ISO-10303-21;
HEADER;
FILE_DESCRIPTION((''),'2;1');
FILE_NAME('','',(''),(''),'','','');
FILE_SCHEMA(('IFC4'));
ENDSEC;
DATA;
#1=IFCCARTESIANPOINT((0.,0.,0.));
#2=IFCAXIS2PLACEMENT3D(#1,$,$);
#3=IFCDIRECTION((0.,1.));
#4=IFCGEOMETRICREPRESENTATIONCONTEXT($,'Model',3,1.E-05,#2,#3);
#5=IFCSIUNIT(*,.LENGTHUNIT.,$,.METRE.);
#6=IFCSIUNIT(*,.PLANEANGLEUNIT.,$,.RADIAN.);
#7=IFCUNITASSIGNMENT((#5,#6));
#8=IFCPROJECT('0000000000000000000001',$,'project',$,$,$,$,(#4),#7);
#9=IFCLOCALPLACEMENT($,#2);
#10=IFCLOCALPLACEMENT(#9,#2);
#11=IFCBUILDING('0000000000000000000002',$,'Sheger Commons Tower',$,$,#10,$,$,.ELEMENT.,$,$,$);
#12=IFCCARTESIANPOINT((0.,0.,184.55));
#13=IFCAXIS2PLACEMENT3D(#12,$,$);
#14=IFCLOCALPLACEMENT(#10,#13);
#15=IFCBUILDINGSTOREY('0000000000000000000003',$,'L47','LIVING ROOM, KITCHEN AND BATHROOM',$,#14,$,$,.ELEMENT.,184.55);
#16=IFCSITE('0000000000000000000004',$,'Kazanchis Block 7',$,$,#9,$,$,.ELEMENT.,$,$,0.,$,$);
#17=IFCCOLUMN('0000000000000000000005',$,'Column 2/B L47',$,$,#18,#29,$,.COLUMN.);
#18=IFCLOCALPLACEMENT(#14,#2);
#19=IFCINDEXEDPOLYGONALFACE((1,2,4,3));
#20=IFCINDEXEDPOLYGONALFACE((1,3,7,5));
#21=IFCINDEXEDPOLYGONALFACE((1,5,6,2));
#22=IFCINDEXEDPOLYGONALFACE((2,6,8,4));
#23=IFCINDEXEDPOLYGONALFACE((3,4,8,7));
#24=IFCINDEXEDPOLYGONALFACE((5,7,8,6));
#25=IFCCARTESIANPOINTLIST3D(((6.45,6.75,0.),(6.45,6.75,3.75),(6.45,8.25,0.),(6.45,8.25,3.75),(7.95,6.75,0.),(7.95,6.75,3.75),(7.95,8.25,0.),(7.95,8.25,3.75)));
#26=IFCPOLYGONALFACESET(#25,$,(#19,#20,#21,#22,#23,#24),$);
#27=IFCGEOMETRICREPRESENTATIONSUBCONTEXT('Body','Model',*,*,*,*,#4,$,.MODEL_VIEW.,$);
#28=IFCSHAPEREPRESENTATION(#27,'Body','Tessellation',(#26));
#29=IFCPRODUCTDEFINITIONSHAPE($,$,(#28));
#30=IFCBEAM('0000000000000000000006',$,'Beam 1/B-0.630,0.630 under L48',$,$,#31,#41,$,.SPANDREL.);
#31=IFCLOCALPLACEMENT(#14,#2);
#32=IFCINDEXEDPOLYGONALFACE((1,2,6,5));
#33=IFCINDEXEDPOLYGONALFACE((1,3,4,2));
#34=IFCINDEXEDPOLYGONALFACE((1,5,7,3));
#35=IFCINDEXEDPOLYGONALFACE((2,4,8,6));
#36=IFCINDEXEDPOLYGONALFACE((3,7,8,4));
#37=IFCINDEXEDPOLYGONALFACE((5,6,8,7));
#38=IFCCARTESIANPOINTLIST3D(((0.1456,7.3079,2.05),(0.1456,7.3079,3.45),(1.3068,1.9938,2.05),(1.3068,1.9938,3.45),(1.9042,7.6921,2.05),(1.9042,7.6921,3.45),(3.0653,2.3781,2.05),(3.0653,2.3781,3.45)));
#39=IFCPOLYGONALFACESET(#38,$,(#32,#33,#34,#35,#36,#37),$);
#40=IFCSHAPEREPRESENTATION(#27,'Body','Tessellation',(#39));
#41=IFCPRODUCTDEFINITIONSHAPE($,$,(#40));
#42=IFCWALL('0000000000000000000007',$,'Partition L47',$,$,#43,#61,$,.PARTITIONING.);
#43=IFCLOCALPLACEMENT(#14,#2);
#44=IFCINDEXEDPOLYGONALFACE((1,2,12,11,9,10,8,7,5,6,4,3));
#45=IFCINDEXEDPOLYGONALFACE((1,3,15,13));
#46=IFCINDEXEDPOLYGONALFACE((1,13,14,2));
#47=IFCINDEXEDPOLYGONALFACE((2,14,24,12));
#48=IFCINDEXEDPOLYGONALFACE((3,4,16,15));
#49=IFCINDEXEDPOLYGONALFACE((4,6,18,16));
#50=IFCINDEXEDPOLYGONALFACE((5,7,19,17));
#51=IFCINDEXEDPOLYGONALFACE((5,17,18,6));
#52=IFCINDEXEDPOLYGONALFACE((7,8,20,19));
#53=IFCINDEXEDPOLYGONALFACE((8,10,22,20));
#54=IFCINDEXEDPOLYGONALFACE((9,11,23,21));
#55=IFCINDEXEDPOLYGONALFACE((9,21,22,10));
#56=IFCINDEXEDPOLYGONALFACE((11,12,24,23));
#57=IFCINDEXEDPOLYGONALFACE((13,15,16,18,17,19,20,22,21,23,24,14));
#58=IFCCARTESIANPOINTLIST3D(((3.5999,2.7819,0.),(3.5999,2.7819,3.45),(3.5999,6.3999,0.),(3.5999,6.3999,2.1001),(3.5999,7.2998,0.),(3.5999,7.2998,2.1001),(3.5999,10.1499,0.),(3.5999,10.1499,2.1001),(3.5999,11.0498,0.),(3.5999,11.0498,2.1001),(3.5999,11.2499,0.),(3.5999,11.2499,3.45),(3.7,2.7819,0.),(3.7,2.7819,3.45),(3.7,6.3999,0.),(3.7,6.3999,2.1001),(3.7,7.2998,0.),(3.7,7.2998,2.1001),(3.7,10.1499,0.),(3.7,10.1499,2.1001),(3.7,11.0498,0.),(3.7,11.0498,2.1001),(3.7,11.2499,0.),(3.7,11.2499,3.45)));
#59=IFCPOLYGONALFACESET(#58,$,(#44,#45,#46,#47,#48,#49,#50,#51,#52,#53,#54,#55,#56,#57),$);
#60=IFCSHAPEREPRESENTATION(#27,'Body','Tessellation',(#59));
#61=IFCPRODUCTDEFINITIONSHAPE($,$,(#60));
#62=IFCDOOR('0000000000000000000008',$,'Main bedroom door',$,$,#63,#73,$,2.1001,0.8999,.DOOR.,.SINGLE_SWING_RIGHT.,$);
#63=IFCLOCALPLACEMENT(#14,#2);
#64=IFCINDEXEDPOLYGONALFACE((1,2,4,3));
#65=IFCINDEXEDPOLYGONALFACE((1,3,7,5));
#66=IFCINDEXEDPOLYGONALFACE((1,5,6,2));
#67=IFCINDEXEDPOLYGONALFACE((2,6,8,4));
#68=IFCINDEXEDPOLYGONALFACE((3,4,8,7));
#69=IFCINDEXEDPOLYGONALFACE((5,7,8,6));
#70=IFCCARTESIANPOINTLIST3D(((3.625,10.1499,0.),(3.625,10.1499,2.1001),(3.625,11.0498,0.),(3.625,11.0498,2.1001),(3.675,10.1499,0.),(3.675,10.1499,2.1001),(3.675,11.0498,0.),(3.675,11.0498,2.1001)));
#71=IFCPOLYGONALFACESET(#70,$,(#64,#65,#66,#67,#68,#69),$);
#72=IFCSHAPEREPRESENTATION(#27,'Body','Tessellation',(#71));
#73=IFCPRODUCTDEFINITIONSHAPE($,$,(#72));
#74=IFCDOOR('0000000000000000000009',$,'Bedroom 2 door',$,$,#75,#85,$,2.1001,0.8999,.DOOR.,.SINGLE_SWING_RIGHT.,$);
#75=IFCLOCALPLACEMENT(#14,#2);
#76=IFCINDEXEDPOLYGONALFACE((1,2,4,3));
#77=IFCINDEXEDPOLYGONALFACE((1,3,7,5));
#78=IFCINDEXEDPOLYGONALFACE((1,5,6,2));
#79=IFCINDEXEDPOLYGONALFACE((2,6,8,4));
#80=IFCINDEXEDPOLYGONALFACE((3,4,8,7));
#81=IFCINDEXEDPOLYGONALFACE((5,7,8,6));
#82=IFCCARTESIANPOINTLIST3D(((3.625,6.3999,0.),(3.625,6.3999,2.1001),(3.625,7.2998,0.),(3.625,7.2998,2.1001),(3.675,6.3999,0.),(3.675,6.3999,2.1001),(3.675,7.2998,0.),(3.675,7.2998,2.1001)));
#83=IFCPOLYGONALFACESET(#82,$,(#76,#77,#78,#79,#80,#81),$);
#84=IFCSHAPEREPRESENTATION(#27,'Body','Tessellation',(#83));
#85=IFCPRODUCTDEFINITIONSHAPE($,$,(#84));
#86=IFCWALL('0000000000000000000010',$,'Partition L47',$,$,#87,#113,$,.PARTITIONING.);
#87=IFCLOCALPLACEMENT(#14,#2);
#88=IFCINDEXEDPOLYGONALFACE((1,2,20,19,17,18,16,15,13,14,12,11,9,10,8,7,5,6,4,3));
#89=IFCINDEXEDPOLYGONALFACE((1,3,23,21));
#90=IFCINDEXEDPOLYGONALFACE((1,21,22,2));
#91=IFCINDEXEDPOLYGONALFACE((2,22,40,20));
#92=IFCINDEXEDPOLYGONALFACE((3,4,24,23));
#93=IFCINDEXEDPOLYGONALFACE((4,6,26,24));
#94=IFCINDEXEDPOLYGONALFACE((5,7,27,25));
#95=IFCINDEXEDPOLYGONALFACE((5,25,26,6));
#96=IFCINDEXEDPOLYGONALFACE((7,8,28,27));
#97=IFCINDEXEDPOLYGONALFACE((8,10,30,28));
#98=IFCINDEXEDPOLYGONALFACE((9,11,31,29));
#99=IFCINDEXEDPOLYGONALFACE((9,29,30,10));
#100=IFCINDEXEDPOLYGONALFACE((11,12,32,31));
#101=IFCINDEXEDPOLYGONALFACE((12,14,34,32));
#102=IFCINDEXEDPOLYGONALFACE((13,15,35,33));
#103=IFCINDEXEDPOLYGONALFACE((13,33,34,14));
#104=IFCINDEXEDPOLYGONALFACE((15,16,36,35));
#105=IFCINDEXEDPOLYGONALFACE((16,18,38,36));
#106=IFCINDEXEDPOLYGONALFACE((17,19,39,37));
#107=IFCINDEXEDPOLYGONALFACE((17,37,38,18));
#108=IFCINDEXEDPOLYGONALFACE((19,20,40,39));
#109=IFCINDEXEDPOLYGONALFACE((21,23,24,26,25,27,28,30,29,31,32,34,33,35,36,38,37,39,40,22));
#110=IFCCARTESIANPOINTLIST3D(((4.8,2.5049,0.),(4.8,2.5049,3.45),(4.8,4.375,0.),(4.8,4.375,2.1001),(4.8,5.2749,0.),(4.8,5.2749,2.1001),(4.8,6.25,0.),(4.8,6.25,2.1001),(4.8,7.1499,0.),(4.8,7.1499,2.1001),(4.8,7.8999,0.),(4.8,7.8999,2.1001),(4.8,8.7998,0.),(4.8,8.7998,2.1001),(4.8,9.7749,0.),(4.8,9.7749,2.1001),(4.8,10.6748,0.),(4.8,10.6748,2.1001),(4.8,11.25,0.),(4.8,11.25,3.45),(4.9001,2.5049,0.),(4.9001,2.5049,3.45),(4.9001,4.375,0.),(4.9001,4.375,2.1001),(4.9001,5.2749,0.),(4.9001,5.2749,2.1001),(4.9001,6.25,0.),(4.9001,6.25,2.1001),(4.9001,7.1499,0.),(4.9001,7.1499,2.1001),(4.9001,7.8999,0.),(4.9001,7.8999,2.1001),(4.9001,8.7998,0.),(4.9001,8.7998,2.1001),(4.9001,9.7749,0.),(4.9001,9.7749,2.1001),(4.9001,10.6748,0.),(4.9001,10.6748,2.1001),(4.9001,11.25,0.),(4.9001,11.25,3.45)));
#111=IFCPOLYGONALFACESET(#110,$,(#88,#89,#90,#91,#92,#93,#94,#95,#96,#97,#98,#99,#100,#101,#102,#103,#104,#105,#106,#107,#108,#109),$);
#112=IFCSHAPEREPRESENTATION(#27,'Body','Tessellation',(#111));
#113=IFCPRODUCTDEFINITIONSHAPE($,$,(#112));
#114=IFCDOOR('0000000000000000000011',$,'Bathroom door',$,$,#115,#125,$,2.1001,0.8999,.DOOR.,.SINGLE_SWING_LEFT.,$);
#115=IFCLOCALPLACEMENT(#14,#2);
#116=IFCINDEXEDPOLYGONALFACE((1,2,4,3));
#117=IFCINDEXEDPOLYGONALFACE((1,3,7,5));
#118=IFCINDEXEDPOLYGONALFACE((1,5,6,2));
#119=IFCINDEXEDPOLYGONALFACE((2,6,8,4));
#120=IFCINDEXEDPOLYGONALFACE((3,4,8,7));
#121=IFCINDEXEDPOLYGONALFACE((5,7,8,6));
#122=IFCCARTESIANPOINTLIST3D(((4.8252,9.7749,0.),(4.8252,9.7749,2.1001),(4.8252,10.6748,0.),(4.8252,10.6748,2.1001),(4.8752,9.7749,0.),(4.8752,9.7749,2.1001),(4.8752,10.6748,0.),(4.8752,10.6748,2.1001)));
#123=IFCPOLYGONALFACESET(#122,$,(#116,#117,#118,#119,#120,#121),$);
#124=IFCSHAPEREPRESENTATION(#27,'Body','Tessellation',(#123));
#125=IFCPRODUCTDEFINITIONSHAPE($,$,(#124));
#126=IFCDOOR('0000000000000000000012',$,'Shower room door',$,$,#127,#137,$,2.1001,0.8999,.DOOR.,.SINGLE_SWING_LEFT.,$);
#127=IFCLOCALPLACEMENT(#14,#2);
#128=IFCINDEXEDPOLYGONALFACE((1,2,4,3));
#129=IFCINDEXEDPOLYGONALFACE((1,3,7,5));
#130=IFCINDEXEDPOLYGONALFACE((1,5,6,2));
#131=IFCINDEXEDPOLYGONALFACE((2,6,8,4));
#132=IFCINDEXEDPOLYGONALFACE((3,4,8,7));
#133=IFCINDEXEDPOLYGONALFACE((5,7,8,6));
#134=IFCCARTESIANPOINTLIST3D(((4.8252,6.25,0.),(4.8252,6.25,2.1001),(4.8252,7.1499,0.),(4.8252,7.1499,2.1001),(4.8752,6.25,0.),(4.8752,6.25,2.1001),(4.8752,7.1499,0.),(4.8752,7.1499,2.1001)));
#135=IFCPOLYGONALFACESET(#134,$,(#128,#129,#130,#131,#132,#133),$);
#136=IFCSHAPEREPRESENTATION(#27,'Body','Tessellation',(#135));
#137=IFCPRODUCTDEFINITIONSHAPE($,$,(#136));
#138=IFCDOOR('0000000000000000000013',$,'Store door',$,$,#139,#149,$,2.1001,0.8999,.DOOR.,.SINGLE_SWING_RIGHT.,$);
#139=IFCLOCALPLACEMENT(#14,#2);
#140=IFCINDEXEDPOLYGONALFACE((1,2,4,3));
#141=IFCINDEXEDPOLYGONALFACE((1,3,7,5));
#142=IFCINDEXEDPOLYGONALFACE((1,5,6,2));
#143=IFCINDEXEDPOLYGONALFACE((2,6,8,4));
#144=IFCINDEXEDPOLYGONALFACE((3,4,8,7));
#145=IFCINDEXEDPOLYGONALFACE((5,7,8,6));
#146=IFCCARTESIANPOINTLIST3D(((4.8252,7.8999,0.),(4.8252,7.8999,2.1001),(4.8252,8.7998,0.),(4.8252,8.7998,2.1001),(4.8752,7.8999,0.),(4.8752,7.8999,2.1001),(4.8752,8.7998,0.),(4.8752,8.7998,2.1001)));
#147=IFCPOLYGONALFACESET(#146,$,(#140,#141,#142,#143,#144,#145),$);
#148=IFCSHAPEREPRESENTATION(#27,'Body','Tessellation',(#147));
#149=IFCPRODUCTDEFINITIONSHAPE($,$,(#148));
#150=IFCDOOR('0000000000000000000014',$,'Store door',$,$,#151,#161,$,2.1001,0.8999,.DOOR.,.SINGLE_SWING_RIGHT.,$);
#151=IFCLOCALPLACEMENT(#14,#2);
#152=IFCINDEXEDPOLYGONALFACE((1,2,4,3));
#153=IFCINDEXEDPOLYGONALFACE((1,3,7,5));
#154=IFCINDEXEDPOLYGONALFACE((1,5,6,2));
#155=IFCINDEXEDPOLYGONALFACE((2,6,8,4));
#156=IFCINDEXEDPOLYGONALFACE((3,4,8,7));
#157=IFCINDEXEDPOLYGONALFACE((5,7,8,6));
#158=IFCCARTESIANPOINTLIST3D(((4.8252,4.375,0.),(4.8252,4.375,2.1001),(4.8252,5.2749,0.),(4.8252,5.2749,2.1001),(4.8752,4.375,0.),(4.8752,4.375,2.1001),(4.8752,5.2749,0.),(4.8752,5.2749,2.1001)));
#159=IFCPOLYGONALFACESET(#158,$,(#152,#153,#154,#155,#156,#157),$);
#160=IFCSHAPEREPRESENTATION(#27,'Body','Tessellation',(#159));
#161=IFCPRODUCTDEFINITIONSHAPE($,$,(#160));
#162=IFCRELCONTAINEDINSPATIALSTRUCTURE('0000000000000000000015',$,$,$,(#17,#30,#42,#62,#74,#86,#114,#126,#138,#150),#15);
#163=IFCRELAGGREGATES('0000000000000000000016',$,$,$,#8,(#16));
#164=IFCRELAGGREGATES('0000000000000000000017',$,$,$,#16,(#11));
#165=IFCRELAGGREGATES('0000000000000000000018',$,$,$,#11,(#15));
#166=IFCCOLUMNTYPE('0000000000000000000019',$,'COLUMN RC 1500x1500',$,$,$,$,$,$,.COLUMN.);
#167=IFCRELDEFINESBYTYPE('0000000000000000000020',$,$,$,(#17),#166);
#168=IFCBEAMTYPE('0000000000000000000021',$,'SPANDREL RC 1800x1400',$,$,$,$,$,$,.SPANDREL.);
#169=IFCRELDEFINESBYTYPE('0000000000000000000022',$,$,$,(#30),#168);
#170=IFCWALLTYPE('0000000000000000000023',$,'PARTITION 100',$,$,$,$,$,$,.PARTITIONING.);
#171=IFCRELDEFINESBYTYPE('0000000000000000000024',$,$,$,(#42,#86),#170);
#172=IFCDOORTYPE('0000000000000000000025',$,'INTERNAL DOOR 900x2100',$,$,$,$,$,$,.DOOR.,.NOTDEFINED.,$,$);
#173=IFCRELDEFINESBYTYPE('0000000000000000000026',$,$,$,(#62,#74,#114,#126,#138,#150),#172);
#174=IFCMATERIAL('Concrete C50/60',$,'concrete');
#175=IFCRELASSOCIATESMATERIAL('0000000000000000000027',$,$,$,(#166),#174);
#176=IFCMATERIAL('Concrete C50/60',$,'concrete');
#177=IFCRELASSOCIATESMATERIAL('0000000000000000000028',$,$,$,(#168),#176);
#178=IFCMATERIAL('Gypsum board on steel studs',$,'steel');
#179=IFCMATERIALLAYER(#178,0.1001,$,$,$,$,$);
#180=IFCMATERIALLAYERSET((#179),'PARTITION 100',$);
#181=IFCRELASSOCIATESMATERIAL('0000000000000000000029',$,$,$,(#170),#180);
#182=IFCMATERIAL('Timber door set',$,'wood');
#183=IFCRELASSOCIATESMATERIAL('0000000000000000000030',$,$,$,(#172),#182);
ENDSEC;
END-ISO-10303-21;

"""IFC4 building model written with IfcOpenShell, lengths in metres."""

from ifc_helpers import new_model, si_unit, direction, frame, frame_2d, origin, origin_2d, place, context, subcontext, project, spatial, rectangle, extrude, material, layer, layer_set, material_profile, profile_set, type_object, element, fill, save


model = new_model("IFC4")

# Units and contexts
model_context = context("Model", 3, precision=1e-05, world=origin(), true_north=direction((0.0, 1.0)))
body_context = subcontext(model_context, "Body", "Model", "MODEL_VIEW")
ifc_project = project(units=[si_unit("LENGTHUNIT", "METRE"), si_unit("PLANEANGLEUNIT", "RADIAN")], contexts=[model_context])

# Site, building, storey
site_placement = place(None, origin())
site = spatial("IfcSite", under=ifc_project, at=site_placement, Name="Kazanchis Block 7", CompositionType="ELEMENT", RefElevation=0.0)
building_placement = place(site_placement, origin())
building = spatial("IfcBuilding", under=site, at=building_placement, Name="Sheger Commons Tower", CompositionType="ELEMENT")
storey_placement = place(building_placement, frame((0.0, 0.0, 184.55)))
storey = spatial("IfcBuildingStorey", under=building, at=storey_placement, Name="L47", Description="LIVING ROOM, KITCHEN AND BATHROOM", CompositionType="ELEMENT", Elevation=184.55)

# Column
ifc_material_1 = material(Name="Concrete C50/60", Category="concrete")
ifc_material_profile_1 = material_profile(ifc_material_1, rectangle(XDim=1.5, YDim=1.5, at=origin_2d()), Name="RC 1500x1500")
ifc_profile_set_1 = profile_set([ifc_material_profile_1], Name="Concrete C50/60")
column_type = type_object("IfcColumnType", Name="COLUMN RC 1500x1500", PredefinedType="COLUMN", material=ifc_profile_set_1)
column_placement = place(storey_placement, frame((7.2, 7.5, 0.0), z_axis=(0.0, 0.0, 1.0), x_axis=(1.0, 0.0, 0.0)))
element("IfcColumn", 1, at=column_placement, inside=storey, type_object=column_type, Name="Column 2/B L47", PredefinedType="COLUMN", context=body_context, shape_type="SweptSolid", body=[
    extrude(rectangle(XDim=1.5, YDim=1.5, at=origin_2d()), origin(), (0.0, 0.0, 1.0), 3.75),
])

# Beam
ifc_material_2 = material(Name="Concrete C50/60", Category="concrete")
ifc_material_profile_2 = material_profile(ifc_material_2, rectangle(XDim=1.8, YDim=1.3999, at=origin_2d()), Name="RC 1800x1400")
ifc_profile_set_2 = profile_set([ifc_material_profile_2], Name="Concrete C50/60")
beam_type = type_object("IfcBeamType", Name="SPANDREL RC 1800x1400", PredefinedType="SPANDREL", material=ifc_profile_set_2)
beam_placement = place(storey_placement, frame((1.0249, 7.5, 2.75), z_axis=(0.213469, -0.97695, 0.0), x_axis=(0.97695, 0.213469, 0.0)))
element("IfcBeam", 2, at=beam_placement, inside=storey, type_object=beam_type, Name="Beam 1/B-0.630,0.630 under L48", PredefinedType="SPANDREL", context=body_context, shape_type="SweptSolid", body=[
    extrude(rectangle(XDim=1.8, YDim=1.3999, at=origin_2d()), origin(), (0.0, 0.0, 1.0), 5.4395),
])

# Walls, openings, doors
ifc_material_3 = material(Name="Gypsum board on steel studs", Category="steel")
ifc_layer = layer(ifc_material_3, 0.1001)
ifc_layer_set = layer_set([ifc_layer], Name="PARTITION 100")
wall_type = type_object("IfcWallType", Name="PARTITION 100", PredefinedType="PARTITIONING", material=ifc_layer_set)
wall_1_placement = place(storey_placement, frame((3.6499, 2.782, 0.0), z_axis=(0.0, 0.0, 1.0), x_axis=(0.0, 1.0, 0.0)))
wall_1 = element("IfcWall", 3, at=wall_1_placement, inside=storey, type_object=wall_type, Name="Partition L47", PredefinedType="PARTITIONING", context=body_context, shape_type="SweptSolid", body=[
    extrude(rectangle(XDim=8.468, YDim=0.1001, at=frame_2d((4.2339, 0.0))), origin(), (0.0, 0.0, 1.0), 3.45),
])
opening_1_placement = place(wall_1_placement, frame((7.3679, 0.0, 0.0)))
opening_1 = element("IfcOpeningElement", 4, at=opening_1_placement, cuts=wall_1, PredefinedType="OPENING", context=body_context, shape_type="SweptSolid", body=[
    extrude(rectangle(XDim=0.8999, YDim=2.1001, at=frame_2d((0.45, 1.05))), frame((0.0, 0.0601, 0.0), z_axis=(0.0, -1.0, 0.0), x_axis=(1.0, 0.0, 0.0)), (0.0, 0.0, 1.0), 0.1201),
])
opening_2_placement = place(wall_1_placement, frame((3.6179, 0.0, 0.0)))
opening_2 = element("IfcOpeningElement", 5, at=opening_2_placement, cuts=wall_1, PredefinedType="OPENING", context=body_context, shape_type="SweptSolid", body=[
    extrude(rectangle(XDim=0.8999, YDim=2.1001, at=frame_2d((0.45, 1.05))), frame((0.0, 0.0601, 0.0), z_axis=(0.0, -1.0, 0.0), x_axis=(1.0, 0.0, 0.0)), (0.0, 0.0, 1.0), 0.1201),
])
ifc_material_4 = material(Name="Timber door set", Category="wood")
door_type = type_object("IfcDoorType", Name="INTERNAL DOOR 900x2100", OperationType="NOTDEFINED", PredefinedType="DOOR", material=ifc_material_4)
door_1_placement = place(opening_1_placement, origin())
door_1 = element("IfcDoor", 6, at=door_1_placement, inside=storey, type_object=door_type, Name="Main bedroom door", OperationType="SINGLE_SWING_RIGHT", OverallHeight=2.1001, OverallWidth=0.8999, PredefinedType="DOOR", context=body_context, shape_type="SweptSolid", body=[
    extrude(rectangle(XDim=0.8999, YDim=2.1001, at=frame_2d((0.45, 1.05))), frame((0.0, 0.0249, 0.0), z_axis=(0.0, -1.0, 0.0), x_axis=(1.0, 0.0, 0.0)), (0.0, 0.0, 1.0), 0.05),
])
fill(opening_1, door_1)
door_2_placement = place(opening_2_placement, origin())
door_2 = element("IfcDoor", 7, at=door_2_placement, inside=storey, type_object=door_type, Name="Bedroom 2 door", OperationType="SINGLE_SWING_RIGHT", OverallHeight=2.1001, OverallWidth=0.8999, PredefinedType="DOOR", context=body_context, shape_type="SweptSolid", body=[
    extrude(rectangle(XDim=0.8999, YDim=2.1001, at=frame_2d((0.45, 1.05))), frame((0.0, 0.0249, 0.0), z_axis=(0.0, -1.0, 0.0), x_axis=(1.0, 0.0, 0.0)), (0.0, 0.0, 1.0), 0.05),
])
fill(opening_2, door_2)
wall_2_placement = place(storey_placement, frame((4.8501, 2.5049, 0.0), z_axis=(0.0, 0.0, 1.0), x_axis=(0.0, 1.0, 0.0)))
wall_2 = element("IfcWall", 8, at=wall_2_placement, inside=storey, type_object=wall_type, Name="Partition L47", PredefinedType="PARTITIONING", context=body_context, shape_type="SweptSolid", body=[
    extrude(rectangle(XDim=8.7451, YDim=0.1001, at=frame_2d((4.3726, 0.0))), origin(), (0.0, 0.0, 1.0), 3.45),
])
opening_3_placement = place(wall_2_placement, frame((7.27, 0.0, 0.0)))
opening_3 = element("IfcOpeningElement", 9, at=opening_3_placement, cuts=wall_2, PredefinedType="OPENING", context=body_context, shape_type="SweptSolid", body=[
    extrude(rectangle(XDim=0.8999, YDim=2.1001, at=frame_2d((0.45, 1.05))), frame((0.0, 0.0601, 0.0), z_axis=(0.0, -1.0, 0.0), x_axis=(1.0, 0.0, 0.0)), (0.0, 0.0, 1.0), 0.1201),
])
opening_4_placement = place(wall_2_placement, frame((3.7451, 0.0, 0.0)))
opening_4 = element("IfcOpeningElement", 10, at=opening_4_placement, cuts=wall_2, PredefinedType="OPENING", context=body_context, shape_type="SweptSolid", body=[
    extrude(rectangle(XDim=0.8999, YDim=2.1001, at=frame_2d((0.45, 1.05))), frame((0.0, 0.0601, 0.0), z_axis=(0.0, -1.0, 0.0), x_axis=(1.0, 0.0, 0.0)), (0.0, 0.0, 1.0), 0.1201),
])
opening_5_placement = place(wall_2_placement, frame((5.395, 0.0, 0.0)))
opening_5 = element("IfcOpeningElement", 11, at=opening_5_placement, cuts=wall_2, PredefinedType="OPENING", context=body_context, shape_type="SweptSolid", body=[
    extrude(rectangle(XDim=0.8999, YDim=2.1001, at=frame_2d((0.45, 1.05))), frame((0.0, 0.0601, 0.0), z_axis=(0.0, -1.0, 0.0), x_axis=(1.0, 0.0, 0.0)), (0.0, 0.0, 1.0), 0.1201),
])
opening_6_placement = place(wall_2_placement, frame((1.8701, 0.0, 0.0)))
opening_6 = element("IfcOpeningElement", 12, at=opening_6_placement, cuts=wall_2, PredefinedType="OPENING", context=body_context, shape_type="SweptSolid", body=[
    extrude(rectangle(XDim=0.8999, YDim=2.1001, at=frame_2d((0.45, 1.05))), frame((0.0, 0.0601, 0.0), z_axis=(0.0, -1.0, 0.0), x_axis=(1.0, 0.0, 0.0)), (0.0, 0.0, 1.0), 0.1201),
])
door_3_placement = place(opening_3_placement, origin())
door_3 = element("IfcDoor", 13, at=door_3_placement, inside=storey, type_object=door_type, Name="Bathroom door", OperationType="SINGLE_SWING_LEFT", OverallHeight=2.1001, OverallWidth=0.8999, PredefinedType="DOOR", context=body_context, shape_type="SweptSolid", body=[
    extrude(rectangle(XDim=0.8999, YDim=2.1001, at=frame_2d((0.45, 1.05))), frame((0.0, 0.0249, 0.0), z_axis=(0.0, -1.0, 0.0), x_axis=(1.0, 0.0, 0.0)), (0.0, 0.0, 1.0), 0.05),
])
fill(opening_3, door_3)
door_4_placement = place(opening_4_placement, origin())
door_4 = element("IfcDoor", 14, at=door_4_placement, inside=storey, type_object=door_type, Name="Shower room door", OperationType="SINGLE_SWING_LEFT", OverallHeight=2.1001, OverallWidth=0.8999, PredefinedType="DOOR", context=body_context, shape_type="SweptSolid", body=[
    extrude(rectangle(XDim=0.8999, YDim=2.1001, at=frame_2d((0.45, 1.05))), frame((0.0, 0.0249, 0.0), z_axis=(0.0, -1.0, 0.0), x_axis=(1.0, 0.0, 0.0)), (0.0, 0.0, 1.0), 0.05),
])
fill(opening_4, door_4)
door_5_placement = place(opening_5_placement, origin())
door_5 = element("IfcDoor", 15, at=door_5_placement, inside=storey, type_object=door_type, Name="Store door", OperationType="SINGLE_SWING_RIGHT", OverallHeight=2.1001, OverallWidth=0.8999, PredefinedType="DOOR", context=body_context, shape_type="SweptSolid", body=[
    extrude(rectangle(XDim=0.8999, YDim=2.1001, at=frame_2d((0.45, 1.05))), frame((0.0, 0.0249, 0.0), z_axis=(0.0, -1.0, 0.0), x_axis=(1.0, 0.0, 0.0)), (0.0, 0.0, 1.0), 0.05),
])
fill(opening_5, door_5)
door_6_placement = place(opening_6_placement, origin())
door_6 = element("IfcDoor", 16, at=door_6_placement, inside=storey, type_object=door_type, Name="Store door", OperationType="SINGLE_SWING_RIGHT", OverallHeight=2.1001, OverallWidth=0.8999, PredefinedType="DOOR", context=body_context, shape_type="SweptSolid", body=[
    extrude(rectangle(XDim=0.8999, YDim=2.1001, at=frame_2d((0.45, 1.05))), frame((0.0, 0.0249, 0.0), z_axis=(0.0, -1.0, 0.0), x_axis=(1.0, 0.0, 0.0)), (0.0, 0.0, 1.0), 0.05),
])
fill(opening_6, door_6)

save(model, "model.ifc")
